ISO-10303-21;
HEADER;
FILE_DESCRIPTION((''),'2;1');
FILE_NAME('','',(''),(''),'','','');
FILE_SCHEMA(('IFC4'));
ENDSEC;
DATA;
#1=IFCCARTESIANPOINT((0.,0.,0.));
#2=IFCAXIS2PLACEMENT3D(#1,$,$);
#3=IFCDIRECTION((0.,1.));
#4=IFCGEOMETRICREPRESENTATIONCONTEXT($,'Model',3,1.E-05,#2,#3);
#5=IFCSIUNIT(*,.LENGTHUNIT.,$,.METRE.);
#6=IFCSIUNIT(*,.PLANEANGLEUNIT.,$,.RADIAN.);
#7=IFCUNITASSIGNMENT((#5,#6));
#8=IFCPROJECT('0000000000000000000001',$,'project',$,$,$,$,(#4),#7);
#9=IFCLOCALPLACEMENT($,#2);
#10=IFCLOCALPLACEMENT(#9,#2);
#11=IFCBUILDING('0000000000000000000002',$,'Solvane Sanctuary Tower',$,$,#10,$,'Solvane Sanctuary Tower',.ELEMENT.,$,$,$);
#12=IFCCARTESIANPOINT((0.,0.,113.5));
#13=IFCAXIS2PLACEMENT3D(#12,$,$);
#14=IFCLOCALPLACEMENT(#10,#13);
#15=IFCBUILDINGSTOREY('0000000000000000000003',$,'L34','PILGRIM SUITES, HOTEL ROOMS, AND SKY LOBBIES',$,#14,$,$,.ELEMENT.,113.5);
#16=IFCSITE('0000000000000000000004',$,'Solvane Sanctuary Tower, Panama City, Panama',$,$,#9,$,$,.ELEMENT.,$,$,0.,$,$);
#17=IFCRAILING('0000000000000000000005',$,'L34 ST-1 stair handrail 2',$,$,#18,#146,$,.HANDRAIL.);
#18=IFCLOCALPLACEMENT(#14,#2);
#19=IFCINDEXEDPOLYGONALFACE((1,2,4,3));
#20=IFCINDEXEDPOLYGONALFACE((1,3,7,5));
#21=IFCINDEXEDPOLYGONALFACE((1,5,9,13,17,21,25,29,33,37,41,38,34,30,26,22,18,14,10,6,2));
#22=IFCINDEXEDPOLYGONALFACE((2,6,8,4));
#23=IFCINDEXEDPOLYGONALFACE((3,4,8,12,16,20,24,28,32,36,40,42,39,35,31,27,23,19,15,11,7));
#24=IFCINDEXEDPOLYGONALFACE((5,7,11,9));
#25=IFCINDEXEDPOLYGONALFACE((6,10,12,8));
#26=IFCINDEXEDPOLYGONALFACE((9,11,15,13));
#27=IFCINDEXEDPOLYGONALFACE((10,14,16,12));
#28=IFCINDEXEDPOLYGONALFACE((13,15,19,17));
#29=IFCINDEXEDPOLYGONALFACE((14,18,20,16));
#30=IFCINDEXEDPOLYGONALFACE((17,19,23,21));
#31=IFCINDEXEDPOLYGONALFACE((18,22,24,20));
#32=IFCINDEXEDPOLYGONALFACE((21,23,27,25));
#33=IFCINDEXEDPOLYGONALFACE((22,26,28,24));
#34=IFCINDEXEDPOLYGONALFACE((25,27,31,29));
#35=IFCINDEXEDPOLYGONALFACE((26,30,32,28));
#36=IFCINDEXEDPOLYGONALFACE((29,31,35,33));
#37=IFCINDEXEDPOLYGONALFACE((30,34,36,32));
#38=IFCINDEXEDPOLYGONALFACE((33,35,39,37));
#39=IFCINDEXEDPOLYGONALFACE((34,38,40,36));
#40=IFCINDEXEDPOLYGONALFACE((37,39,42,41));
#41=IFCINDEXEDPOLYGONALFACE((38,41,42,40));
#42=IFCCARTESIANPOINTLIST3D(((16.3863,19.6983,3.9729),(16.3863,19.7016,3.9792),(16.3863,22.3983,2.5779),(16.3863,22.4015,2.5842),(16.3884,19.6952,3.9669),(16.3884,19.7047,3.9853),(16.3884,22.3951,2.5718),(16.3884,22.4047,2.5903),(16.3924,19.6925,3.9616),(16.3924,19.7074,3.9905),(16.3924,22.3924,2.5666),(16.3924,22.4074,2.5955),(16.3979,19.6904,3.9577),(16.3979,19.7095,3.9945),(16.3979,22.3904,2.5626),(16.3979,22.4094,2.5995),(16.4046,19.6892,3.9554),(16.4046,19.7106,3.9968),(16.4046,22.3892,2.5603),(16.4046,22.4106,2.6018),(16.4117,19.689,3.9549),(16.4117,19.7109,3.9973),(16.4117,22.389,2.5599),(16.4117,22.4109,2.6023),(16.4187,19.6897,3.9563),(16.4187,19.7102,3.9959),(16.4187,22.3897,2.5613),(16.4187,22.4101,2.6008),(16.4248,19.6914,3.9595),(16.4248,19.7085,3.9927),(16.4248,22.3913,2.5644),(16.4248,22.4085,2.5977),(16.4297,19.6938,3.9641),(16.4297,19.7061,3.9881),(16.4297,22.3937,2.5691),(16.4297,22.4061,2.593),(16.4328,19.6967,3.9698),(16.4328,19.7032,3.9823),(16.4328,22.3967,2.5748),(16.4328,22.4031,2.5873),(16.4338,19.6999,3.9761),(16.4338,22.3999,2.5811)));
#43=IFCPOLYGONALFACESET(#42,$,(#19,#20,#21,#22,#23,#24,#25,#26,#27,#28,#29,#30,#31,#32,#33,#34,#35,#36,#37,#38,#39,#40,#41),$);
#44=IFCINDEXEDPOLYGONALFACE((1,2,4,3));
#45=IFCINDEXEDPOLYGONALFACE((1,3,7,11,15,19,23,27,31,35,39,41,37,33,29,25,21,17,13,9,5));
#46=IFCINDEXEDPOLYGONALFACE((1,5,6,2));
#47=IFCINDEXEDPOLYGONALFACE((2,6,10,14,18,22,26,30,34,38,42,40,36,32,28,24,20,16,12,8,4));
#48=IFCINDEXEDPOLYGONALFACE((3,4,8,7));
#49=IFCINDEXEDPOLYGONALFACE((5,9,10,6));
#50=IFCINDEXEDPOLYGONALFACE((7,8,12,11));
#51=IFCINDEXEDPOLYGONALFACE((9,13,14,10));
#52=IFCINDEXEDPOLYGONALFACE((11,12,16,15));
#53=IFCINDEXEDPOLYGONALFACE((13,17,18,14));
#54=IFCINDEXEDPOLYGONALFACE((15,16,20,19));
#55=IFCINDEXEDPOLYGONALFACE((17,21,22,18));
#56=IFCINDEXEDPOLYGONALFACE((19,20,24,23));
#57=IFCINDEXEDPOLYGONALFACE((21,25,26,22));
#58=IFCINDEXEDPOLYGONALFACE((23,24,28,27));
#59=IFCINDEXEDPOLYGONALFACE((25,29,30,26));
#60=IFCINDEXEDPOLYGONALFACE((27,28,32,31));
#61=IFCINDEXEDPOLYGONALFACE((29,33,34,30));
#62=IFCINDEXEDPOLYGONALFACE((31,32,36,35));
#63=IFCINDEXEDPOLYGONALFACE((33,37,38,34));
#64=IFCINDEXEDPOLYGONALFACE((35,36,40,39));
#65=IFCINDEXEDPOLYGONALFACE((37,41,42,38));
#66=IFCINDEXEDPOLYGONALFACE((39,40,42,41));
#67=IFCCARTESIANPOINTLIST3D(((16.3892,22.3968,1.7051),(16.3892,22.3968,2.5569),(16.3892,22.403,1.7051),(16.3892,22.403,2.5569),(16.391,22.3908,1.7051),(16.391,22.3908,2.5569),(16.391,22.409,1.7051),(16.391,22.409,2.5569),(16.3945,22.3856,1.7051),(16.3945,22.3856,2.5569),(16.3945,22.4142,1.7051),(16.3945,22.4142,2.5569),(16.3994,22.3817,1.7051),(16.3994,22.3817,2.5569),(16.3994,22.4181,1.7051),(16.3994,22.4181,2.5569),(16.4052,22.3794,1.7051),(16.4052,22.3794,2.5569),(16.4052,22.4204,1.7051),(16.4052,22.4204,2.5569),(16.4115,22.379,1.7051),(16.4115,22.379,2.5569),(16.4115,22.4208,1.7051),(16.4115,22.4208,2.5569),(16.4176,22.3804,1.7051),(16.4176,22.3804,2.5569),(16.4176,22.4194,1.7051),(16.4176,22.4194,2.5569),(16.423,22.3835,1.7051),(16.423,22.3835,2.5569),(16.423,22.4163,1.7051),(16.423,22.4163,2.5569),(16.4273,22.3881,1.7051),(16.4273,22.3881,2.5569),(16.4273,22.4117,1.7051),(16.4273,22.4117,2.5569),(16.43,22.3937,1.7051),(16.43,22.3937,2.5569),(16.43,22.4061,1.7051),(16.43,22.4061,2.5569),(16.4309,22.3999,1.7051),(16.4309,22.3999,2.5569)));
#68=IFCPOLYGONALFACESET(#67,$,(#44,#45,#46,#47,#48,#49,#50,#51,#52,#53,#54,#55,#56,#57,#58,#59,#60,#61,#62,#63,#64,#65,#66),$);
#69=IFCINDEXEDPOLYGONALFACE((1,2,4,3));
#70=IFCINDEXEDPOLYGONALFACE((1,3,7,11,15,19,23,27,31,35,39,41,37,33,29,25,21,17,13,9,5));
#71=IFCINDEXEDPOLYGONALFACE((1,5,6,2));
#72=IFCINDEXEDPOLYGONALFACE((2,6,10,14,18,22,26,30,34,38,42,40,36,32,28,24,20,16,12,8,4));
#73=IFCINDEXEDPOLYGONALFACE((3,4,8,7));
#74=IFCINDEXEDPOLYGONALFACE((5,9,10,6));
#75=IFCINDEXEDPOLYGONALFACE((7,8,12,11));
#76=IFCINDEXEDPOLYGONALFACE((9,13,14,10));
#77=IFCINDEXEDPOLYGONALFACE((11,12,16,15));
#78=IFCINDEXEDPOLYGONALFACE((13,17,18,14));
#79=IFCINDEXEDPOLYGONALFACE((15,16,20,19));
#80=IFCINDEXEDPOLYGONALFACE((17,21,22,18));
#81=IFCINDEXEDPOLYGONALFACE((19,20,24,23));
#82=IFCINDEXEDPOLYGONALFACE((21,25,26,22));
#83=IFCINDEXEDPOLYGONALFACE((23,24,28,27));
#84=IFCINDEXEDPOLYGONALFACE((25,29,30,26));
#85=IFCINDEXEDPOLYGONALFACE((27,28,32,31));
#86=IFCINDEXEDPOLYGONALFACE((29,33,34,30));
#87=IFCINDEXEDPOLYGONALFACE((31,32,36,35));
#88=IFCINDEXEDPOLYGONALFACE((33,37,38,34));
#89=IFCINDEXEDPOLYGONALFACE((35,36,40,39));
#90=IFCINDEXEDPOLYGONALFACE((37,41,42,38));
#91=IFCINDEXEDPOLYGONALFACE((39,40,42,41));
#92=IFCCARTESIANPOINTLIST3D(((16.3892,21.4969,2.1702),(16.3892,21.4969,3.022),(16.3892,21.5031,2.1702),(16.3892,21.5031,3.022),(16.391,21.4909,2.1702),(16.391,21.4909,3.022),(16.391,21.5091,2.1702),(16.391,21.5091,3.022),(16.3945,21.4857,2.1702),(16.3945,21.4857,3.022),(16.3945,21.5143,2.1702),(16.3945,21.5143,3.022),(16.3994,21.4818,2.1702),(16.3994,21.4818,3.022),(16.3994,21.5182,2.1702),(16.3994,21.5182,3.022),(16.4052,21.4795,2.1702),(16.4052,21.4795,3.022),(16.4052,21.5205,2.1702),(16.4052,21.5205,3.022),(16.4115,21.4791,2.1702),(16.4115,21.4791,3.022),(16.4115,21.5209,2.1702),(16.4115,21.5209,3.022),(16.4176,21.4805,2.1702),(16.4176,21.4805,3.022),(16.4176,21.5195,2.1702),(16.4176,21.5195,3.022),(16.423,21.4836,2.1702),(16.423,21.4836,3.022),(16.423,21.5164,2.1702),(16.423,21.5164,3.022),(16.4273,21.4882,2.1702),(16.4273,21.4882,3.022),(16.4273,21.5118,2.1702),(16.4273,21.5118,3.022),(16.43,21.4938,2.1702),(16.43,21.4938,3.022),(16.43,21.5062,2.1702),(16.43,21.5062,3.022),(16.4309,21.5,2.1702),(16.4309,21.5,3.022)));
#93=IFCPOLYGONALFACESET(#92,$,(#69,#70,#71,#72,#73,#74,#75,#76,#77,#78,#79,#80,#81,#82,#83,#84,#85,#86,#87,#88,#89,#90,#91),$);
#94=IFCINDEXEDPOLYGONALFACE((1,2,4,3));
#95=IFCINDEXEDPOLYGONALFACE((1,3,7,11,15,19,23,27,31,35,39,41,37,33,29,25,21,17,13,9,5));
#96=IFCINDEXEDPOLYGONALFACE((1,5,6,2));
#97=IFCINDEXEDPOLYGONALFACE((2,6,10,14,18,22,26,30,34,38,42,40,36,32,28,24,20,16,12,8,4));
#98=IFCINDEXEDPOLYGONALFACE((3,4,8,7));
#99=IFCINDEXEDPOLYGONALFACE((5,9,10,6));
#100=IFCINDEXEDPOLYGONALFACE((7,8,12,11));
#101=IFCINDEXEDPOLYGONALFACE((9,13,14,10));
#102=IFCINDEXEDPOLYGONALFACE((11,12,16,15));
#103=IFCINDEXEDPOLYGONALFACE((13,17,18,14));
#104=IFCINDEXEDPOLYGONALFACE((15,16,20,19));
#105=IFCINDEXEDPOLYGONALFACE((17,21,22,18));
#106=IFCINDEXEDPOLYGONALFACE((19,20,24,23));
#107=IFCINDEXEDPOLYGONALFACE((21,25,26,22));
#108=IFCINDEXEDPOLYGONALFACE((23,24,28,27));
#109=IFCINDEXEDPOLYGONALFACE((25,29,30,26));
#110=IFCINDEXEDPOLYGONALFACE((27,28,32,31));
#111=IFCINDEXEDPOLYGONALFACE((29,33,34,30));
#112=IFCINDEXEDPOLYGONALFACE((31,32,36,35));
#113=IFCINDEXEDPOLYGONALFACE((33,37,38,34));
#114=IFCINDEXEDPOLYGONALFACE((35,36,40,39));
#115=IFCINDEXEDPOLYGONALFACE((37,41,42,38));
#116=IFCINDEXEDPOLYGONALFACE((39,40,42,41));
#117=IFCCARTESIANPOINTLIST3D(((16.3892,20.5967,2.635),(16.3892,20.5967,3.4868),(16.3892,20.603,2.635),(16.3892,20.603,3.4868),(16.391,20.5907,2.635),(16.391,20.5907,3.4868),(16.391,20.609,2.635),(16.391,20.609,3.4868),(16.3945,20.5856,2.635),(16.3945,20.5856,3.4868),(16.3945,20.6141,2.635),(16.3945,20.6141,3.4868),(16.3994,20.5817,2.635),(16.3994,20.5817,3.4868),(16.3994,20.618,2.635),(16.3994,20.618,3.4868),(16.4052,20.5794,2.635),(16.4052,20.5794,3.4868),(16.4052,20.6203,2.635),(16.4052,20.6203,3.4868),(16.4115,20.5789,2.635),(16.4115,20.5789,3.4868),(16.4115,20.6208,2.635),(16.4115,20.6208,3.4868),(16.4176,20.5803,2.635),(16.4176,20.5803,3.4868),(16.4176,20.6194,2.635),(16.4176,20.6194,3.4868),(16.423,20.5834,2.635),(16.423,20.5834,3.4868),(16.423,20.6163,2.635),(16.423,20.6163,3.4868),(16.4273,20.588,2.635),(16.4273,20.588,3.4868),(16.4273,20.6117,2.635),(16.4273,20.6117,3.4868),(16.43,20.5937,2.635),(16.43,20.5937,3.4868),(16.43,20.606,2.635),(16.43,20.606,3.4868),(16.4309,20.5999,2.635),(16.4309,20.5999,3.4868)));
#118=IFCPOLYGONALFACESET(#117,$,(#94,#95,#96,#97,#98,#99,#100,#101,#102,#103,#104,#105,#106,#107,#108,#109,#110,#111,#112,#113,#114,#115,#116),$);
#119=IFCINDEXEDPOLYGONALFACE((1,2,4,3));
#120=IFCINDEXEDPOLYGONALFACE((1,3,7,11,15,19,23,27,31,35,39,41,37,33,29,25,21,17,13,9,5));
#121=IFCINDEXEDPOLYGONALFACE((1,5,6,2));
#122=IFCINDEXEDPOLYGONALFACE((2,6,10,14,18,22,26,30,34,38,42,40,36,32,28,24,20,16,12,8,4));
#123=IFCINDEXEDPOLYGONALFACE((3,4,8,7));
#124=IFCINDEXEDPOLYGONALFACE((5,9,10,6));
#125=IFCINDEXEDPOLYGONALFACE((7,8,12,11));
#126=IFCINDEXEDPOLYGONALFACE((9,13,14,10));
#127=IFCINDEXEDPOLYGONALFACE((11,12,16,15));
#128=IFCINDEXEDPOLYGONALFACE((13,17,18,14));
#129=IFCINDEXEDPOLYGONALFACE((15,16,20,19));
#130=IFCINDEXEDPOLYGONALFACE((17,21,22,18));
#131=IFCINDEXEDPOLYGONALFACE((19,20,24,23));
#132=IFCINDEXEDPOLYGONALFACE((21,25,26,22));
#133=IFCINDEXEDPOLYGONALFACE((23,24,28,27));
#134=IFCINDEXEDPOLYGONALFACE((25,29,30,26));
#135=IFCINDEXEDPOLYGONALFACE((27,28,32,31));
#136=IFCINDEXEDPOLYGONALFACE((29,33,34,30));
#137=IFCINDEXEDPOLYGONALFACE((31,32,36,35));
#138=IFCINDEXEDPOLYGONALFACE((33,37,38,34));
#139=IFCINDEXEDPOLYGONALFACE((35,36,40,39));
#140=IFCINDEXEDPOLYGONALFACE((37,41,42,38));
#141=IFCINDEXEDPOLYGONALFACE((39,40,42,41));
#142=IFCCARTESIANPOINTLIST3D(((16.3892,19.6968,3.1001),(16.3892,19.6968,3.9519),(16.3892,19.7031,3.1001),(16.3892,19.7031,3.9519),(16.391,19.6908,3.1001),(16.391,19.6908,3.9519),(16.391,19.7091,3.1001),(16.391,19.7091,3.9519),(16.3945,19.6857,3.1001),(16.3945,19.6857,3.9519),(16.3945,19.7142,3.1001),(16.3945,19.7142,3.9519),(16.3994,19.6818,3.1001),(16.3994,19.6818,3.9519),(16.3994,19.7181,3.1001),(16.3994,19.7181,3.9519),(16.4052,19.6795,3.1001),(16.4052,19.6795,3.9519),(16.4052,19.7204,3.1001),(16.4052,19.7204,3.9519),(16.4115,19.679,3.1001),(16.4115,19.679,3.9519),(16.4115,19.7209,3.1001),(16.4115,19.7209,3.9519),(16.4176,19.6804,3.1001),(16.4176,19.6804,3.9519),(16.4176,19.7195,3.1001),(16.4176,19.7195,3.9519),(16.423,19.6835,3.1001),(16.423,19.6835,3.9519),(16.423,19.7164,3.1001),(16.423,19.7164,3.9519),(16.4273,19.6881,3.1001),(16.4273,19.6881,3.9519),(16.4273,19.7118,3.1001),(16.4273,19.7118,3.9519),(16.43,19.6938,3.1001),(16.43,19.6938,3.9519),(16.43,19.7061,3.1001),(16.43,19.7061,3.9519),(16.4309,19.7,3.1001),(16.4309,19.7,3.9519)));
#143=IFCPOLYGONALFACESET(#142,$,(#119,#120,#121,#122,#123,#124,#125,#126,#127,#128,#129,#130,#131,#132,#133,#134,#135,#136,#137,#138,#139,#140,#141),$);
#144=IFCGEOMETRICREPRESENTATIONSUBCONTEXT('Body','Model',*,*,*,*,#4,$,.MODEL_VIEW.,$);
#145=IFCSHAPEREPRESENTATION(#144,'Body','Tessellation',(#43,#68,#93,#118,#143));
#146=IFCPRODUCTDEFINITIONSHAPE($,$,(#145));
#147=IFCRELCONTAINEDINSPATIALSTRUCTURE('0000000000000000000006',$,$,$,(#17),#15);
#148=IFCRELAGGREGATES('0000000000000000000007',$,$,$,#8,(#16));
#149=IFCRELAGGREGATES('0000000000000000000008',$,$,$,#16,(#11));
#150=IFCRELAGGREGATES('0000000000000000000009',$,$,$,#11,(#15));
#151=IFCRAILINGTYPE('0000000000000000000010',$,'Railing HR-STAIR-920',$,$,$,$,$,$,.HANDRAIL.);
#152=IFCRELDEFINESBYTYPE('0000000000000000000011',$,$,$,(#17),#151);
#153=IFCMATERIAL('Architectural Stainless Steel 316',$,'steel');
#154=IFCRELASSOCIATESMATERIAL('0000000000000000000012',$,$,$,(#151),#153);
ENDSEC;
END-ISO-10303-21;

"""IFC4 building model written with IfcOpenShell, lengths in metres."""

from ifc_helpers import new_model, si_unit, direction, frame, origin, origin_2d, place, context, subcontext, project, spatial, circle, extrude, material, type_object, element, save


model = new_model("IFC4")

# Units and contexts
model_context = context("Model", 3, precision=1e-05, world=origin(), true_north=direction((0.0, 1.0)))
body_context = subcontext(model_context, "Body", "Model", "MODEL_VIEW")
ifc_project = project(units=[si_unit("LENGTHUNIT", "METRE"), si_unit("PLANEANGLEUNIT", "RADIAN")], contexts=[model_context])

# Site, building, storey
site_placement = place(None, origin())
site = spatial("IfcSite", under=ifc_project, at=site_placement, Name="Solvane Sanctuary Tower, Panama City, Panama", CompositionType="ELEMENT", RefElevation=0.0)
building_placement = place(site_placement, origin())
building = spatial("IfcBuilding", under=site, at=building_placement, Name="Solvane Sanctuary Tower", LongName="Solvane Sanctuary Tower", CompositionType="ELEMENT")
storey_placement = place(building_placement, frame((0.0, 0.0, 113.5)))
storey = spatial("IfcBuildingStorey", under=building, at=storey_placement, Name="L34", Description="PILGRIM SUITES, HOTEL ROOMS, AND SKY LOBBIES", CompositionType="ELEMENT", Elevation=113.5)

# Shared definitions
ifc_material_1 = material(Name="Architectural Stainless Steel 316", Category="steel")

# Railing
railing_type_1 = type_object("IfcRailingType", Name="Railing HR-STAIR-920", PredefinedType="HANDRAIL", material=ifc_material_1)
railing_1_placement = place(storey_placement, frame((16.4099, 22.3999, 1.7051)))
element("IfcRailing", 1, at=railing_1_placement, inside=storey, type_object=railing_type_1, Name="L34 ST-1 stair handrail 2", PredefinedType="HANDRAIL", context=body_context, shape_type="SweptSolid", body=[
    extrude(circle(Radius=0.0239, at=origin_2d()), frame((0.0, 0.0, 0.876), z_axis=(0.0, -0.88842, 0.459032), x_axis=(1.0, 0.0, 0.0)), (0.0, 0.0, 1.0), 3.0391),
    extrude(circle(Radius=0.021, at=origin_2d()), origin(), (0.0, 0.0, 1.0), 0.8518),
    extrude(circle(Radius=0.021, at=origin_2d()), frame((0.0, -0.8999, 0.4651)), (0.0, 0.0, 1.0), 0.8518),
    extrude(circle(Radius=0.021, at=origin_2d()), frame((0.0, -1.8, 0.9299)), (0.0, 0.0, 1.0), 0.8518),
    extrude(circle(Radius=0.021, at=origin_2d()), frame((0.0, -2.7, 1.395)), (0.0, 0.0, 1.0), 0.8518),
])

save(model, "model.ifc")
